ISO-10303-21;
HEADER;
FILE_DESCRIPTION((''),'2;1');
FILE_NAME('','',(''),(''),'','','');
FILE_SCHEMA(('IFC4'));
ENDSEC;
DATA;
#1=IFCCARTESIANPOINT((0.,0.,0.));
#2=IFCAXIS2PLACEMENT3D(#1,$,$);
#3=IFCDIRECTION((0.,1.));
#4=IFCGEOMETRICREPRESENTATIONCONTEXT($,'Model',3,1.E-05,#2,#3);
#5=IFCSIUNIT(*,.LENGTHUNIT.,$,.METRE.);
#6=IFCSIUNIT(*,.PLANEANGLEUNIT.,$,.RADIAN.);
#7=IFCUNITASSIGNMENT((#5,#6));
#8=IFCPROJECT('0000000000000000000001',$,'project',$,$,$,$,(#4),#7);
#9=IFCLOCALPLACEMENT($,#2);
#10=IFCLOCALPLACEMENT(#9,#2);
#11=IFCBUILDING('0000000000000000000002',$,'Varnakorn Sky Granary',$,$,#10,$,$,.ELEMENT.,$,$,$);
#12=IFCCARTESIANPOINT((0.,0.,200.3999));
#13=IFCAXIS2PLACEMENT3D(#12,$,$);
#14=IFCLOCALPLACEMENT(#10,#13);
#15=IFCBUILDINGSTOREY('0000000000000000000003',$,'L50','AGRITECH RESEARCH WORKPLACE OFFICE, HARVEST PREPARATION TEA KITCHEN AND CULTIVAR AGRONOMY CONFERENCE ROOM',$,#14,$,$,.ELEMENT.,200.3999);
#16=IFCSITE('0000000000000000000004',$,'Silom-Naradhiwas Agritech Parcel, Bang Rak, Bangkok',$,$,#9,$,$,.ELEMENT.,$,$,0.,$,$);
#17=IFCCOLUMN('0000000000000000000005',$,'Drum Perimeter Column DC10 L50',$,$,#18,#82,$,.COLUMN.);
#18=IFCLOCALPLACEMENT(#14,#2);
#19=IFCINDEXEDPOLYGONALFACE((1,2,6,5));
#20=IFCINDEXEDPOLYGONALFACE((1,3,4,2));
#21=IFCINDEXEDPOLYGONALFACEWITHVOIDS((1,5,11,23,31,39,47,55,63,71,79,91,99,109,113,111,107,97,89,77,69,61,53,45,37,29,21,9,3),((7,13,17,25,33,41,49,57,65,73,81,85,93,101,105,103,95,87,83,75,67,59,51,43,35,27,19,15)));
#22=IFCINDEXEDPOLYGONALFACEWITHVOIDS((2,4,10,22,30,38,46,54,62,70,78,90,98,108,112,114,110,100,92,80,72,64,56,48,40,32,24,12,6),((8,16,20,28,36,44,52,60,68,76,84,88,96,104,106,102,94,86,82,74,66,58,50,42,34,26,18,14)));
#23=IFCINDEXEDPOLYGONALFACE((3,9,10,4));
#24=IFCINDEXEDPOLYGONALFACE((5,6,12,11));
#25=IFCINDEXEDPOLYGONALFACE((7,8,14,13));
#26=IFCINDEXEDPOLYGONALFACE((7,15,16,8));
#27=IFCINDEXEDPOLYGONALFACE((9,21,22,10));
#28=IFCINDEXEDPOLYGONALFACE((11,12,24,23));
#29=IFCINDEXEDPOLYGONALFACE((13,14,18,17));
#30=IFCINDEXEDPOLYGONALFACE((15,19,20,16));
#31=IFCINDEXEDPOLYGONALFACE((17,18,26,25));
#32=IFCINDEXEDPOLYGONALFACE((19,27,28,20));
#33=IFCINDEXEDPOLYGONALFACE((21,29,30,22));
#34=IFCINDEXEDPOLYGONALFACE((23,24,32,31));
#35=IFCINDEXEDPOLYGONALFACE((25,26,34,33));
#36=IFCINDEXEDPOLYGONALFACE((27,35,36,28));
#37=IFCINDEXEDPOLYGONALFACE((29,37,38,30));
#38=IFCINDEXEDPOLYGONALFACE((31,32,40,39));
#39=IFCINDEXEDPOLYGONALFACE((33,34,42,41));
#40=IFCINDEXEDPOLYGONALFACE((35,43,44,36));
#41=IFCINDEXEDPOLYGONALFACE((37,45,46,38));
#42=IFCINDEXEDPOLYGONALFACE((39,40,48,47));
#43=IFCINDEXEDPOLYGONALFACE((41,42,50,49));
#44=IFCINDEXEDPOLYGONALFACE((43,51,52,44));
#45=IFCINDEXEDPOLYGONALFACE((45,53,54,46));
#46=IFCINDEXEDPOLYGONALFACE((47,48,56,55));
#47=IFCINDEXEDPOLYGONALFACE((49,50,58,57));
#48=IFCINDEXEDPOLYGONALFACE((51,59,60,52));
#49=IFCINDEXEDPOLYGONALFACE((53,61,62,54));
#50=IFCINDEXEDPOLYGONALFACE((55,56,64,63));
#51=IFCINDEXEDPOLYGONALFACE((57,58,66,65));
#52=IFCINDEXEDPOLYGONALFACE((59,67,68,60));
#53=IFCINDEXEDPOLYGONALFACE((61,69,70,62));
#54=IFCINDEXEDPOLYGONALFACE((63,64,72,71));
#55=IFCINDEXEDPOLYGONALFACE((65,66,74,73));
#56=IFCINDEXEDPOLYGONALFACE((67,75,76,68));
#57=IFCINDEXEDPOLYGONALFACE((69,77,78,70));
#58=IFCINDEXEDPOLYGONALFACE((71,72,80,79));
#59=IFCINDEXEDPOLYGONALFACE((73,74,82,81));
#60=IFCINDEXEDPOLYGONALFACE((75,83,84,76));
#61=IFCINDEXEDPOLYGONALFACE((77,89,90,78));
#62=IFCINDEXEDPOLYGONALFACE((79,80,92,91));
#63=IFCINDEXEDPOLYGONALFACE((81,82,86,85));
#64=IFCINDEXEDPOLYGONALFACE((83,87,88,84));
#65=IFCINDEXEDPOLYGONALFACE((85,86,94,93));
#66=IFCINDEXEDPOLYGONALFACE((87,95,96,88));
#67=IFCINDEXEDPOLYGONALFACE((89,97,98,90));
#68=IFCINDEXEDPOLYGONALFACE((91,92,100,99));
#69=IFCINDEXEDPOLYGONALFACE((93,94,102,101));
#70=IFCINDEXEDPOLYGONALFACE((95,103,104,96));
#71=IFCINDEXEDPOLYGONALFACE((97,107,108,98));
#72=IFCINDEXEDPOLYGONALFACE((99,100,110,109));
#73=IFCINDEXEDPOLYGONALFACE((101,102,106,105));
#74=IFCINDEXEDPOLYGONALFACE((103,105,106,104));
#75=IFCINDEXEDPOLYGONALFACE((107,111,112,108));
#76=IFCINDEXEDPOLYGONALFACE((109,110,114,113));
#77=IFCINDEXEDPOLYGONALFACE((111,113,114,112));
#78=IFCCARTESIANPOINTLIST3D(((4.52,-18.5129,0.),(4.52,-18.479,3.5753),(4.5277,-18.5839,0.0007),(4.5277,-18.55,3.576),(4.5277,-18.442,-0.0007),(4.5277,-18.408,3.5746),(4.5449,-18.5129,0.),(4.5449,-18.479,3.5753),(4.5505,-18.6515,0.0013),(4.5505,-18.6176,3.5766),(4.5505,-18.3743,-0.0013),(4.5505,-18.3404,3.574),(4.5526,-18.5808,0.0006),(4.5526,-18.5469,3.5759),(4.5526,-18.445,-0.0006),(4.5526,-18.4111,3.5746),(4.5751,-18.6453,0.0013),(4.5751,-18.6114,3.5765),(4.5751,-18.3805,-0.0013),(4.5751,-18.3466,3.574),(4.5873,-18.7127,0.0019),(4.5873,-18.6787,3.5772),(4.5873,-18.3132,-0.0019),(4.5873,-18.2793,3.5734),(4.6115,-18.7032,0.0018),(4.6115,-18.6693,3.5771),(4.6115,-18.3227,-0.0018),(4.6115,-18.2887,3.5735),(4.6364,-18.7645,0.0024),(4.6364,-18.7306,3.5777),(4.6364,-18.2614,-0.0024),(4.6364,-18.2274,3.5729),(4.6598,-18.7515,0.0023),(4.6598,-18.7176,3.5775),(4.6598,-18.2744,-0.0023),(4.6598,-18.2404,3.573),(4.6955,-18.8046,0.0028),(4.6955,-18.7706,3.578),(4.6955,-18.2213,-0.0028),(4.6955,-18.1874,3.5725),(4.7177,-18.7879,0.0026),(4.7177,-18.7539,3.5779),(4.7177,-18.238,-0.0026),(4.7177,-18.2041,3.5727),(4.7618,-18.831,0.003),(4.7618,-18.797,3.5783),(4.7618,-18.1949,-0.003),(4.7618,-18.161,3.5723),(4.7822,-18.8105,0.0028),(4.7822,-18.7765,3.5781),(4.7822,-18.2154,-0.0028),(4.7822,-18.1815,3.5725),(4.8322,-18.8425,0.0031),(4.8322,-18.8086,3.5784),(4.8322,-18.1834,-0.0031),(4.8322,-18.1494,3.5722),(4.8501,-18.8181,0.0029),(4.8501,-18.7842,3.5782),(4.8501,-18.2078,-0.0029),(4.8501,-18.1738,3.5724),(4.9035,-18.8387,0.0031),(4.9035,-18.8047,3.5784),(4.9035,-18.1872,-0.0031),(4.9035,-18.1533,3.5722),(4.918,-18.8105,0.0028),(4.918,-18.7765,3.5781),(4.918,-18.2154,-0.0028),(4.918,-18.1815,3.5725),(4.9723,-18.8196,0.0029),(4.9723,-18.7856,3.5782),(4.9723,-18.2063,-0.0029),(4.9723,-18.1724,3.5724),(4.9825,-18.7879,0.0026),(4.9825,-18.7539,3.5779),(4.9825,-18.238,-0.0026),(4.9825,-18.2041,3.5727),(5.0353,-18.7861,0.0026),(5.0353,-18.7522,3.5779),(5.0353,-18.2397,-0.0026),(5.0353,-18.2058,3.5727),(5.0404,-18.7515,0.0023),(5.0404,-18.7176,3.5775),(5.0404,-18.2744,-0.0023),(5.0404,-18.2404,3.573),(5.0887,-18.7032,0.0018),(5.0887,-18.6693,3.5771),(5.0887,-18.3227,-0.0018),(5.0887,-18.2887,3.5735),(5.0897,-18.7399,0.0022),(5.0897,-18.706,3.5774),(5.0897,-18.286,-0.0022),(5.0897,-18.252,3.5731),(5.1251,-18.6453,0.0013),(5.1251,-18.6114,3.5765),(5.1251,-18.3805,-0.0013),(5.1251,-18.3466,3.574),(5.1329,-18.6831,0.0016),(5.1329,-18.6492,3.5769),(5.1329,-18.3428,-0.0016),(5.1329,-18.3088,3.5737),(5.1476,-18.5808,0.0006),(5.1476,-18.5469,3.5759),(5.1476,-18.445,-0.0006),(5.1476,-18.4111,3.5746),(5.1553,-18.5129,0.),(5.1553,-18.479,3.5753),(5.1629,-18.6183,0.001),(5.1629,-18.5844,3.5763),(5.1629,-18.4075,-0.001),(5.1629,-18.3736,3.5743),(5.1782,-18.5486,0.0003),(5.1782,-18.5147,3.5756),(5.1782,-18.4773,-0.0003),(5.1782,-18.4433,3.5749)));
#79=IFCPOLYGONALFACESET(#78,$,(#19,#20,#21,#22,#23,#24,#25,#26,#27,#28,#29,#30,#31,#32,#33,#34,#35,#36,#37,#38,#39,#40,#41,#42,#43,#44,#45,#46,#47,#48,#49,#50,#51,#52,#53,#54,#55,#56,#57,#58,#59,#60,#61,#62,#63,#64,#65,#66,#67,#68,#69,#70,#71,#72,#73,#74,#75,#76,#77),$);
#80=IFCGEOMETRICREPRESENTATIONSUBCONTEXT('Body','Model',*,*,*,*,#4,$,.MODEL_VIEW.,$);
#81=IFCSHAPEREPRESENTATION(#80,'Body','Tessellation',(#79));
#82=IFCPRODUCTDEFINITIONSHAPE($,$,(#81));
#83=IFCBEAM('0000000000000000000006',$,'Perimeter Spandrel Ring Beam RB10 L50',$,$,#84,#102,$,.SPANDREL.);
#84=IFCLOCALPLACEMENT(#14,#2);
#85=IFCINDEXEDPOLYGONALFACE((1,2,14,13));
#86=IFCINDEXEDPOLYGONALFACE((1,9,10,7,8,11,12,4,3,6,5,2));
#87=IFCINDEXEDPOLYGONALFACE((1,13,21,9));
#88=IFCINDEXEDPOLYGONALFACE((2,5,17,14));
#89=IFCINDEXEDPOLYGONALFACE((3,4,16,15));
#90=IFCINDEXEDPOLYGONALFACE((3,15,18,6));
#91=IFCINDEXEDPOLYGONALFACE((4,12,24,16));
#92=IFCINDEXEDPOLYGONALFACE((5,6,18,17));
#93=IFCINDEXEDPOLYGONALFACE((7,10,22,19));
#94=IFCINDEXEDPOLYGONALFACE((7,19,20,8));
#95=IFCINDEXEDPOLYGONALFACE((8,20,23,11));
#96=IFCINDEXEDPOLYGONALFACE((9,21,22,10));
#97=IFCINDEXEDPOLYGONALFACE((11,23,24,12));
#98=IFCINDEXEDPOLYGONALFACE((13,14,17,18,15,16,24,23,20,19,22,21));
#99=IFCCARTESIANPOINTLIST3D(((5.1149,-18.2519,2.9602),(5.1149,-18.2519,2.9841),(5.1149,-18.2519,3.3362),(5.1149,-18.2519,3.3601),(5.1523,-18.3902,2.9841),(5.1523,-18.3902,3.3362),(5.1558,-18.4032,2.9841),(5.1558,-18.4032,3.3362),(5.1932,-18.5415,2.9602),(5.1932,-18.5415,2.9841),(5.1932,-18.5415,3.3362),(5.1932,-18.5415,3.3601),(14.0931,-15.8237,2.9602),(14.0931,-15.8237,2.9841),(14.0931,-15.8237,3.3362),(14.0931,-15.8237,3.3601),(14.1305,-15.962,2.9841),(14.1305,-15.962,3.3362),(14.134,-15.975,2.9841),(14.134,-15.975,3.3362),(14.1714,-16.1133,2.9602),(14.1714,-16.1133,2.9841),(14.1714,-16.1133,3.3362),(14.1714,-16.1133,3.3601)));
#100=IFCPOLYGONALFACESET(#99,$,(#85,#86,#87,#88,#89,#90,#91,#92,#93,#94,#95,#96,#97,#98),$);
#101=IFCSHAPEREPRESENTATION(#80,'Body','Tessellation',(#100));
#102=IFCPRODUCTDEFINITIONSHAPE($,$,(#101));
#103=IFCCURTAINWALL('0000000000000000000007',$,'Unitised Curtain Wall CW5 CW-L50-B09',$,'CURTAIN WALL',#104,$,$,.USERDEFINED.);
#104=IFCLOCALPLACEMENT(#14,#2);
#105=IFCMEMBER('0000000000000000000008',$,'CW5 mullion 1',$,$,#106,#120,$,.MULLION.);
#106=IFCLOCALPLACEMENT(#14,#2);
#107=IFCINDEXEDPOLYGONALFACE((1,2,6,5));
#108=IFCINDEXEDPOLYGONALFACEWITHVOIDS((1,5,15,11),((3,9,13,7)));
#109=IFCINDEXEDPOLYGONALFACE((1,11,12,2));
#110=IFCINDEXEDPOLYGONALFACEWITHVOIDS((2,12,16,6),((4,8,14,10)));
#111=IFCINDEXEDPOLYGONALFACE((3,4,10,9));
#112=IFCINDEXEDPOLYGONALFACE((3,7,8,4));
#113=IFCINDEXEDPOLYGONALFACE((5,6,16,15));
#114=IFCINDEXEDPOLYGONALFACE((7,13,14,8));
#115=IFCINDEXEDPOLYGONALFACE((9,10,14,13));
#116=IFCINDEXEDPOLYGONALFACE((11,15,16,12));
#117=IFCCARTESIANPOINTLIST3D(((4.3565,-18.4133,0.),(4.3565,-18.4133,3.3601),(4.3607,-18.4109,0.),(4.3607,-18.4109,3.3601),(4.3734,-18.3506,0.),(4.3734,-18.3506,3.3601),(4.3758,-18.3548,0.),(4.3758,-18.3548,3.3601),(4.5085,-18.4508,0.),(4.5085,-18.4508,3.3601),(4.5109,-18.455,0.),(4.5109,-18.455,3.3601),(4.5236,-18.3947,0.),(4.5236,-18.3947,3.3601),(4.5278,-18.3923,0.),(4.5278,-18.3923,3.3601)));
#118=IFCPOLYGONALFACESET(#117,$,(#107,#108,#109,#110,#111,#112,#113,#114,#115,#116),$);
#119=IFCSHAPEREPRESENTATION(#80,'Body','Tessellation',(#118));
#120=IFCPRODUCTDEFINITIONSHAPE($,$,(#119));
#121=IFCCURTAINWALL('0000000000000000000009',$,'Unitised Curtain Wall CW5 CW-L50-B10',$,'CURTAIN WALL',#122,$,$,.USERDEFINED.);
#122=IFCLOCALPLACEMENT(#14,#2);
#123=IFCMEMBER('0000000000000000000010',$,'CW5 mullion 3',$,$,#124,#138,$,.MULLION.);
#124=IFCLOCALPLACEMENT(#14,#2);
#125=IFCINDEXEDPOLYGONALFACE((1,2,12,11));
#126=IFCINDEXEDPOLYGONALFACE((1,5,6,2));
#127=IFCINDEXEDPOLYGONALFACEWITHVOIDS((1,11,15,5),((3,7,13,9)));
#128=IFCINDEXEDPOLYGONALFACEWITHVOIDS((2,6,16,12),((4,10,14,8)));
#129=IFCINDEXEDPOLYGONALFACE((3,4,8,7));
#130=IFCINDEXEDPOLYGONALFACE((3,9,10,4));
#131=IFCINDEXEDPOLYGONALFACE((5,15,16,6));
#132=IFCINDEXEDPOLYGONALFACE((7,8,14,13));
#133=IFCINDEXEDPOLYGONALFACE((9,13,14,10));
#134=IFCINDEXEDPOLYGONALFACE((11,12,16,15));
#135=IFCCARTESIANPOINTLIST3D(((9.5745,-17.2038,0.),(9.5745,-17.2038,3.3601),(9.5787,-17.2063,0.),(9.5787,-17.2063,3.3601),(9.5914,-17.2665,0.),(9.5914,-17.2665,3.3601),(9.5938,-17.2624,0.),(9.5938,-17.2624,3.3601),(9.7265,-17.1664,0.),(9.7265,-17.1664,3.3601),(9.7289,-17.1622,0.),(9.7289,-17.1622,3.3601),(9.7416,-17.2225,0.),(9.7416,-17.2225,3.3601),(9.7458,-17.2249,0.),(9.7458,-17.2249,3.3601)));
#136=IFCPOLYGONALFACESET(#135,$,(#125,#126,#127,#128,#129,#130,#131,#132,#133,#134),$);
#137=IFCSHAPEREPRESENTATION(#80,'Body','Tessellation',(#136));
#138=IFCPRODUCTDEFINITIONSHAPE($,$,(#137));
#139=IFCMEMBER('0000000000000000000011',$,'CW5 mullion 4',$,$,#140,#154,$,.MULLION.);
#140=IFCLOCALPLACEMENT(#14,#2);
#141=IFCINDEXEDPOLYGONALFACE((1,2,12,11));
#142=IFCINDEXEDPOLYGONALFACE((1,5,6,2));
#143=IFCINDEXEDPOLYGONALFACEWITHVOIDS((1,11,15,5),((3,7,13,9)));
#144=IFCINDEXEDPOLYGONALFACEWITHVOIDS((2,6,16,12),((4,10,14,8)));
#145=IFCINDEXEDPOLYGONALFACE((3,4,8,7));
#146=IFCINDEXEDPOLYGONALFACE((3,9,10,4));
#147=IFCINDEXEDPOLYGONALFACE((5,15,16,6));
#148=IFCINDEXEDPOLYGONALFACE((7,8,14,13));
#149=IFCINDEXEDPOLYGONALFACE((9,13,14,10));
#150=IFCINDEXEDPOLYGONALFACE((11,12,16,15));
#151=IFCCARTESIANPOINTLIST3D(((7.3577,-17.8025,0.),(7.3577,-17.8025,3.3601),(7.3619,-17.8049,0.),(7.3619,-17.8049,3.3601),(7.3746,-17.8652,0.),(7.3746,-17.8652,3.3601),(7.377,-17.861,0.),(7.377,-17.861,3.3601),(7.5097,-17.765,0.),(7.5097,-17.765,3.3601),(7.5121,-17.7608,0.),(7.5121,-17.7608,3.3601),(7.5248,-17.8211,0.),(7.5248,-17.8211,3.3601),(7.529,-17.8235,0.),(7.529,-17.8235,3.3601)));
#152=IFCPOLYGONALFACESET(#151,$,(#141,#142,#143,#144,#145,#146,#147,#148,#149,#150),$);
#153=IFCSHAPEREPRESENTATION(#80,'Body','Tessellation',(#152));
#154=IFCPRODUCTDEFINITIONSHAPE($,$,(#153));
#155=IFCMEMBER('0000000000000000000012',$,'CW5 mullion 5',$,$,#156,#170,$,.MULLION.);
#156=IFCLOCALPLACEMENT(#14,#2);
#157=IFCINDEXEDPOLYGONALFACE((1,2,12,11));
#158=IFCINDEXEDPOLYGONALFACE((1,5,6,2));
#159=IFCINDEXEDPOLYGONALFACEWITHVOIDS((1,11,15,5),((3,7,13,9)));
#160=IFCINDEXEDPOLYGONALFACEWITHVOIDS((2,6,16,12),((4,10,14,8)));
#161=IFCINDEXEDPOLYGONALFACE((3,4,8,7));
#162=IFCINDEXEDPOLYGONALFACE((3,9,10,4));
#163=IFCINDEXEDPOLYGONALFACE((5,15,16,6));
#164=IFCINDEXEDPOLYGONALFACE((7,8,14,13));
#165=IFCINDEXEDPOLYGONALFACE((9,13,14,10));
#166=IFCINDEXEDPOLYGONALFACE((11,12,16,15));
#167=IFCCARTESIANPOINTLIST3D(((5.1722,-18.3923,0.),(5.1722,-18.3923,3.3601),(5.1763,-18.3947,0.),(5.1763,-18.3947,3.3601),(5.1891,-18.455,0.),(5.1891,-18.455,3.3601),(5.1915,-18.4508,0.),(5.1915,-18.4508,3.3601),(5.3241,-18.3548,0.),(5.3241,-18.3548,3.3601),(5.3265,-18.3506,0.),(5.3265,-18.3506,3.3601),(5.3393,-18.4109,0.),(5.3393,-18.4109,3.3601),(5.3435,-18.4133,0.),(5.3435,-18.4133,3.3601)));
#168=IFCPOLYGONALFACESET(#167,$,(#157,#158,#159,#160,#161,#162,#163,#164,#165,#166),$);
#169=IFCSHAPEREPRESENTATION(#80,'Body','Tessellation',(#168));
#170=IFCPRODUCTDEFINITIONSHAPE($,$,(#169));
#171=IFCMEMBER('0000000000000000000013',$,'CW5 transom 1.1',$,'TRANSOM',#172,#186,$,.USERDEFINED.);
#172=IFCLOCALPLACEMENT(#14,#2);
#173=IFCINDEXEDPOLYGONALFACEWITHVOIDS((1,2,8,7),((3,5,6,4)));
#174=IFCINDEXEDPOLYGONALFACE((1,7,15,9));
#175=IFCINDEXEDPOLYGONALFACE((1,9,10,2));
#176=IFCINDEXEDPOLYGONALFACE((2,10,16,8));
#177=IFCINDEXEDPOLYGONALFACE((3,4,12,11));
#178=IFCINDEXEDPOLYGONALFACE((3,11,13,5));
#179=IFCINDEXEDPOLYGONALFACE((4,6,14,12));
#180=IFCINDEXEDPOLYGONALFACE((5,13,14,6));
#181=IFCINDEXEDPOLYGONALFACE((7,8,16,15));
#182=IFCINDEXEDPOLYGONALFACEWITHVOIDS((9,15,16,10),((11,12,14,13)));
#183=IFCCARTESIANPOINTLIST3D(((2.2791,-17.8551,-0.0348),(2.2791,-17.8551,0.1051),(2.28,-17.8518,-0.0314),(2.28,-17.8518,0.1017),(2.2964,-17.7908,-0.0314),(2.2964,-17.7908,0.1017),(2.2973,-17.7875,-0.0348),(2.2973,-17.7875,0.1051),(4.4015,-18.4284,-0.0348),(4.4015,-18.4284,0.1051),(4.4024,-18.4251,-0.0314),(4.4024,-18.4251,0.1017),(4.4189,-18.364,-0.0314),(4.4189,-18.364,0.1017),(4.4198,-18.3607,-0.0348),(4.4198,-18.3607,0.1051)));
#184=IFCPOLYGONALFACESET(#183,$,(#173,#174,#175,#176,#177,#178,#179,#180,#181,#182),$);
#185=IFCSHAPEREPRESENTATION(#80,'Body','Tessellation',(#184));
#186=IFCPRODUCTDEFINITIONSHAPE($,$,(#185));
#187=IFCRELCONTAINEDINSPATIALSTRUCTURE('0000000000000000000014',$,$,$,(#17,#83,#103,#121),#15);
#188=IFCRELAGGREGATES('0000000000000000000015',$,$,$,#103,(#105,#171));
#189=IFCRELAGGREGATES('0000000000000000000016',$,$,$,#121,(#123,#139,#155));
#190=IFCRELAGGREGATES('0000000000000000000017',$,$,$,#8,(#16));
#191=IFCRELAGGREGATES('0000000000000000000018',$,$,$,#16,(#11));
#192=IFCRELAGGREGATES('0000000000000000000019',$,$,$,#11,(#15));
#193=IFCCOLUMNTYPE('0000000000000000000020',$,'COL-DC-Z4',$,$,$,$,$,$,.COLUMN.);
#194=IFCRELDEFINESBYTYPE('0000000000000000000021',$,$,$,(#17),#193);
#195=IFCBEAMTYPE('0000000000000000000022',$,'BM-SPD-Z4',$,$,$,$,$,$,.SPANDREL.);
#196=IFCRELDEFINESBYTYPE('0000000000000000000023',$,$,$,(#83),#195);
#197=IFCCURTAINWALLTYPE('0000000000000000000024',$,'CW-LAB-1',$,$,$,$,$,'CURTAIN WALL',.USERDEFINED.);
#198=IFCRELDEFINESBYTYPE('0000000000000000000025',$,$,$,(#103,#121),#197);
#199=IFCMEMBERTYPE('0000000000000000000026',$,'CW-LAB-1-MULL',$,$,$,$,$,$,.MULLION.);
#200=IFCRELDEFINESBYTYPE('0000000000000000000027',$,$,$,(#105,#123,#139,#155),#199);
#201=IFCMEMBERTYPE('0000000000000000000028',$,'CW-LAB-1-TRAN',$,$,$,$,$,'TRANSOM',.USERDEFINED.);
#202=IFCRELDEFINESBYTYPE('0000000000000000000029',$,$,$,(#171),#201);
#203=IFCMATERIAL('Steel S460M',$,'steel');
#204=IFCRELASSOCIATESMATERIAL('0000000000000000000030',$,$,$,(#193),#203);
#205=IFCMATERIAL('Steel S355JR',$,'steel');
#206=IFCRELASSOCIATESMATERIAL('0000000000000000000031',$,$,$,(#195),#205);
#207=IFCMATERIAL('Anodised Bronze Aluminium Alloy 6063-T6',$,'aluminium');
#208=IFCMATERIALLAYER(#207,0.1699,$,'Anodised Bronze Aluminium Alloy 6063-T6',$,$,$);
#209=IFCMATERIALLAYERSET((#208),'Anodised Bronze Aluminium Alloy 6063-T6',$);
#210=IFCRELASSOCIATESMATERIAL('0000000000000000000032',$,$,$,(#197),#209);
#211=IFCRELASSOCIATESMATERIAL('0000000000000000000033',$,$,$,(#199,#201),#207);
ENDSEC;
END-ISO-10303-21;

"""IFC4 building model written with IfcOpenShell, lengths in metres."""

from ifc_helpers import new_model, si_unit, direction, frame, origin, origin_2d, place, context, subcontext, project, spatial, hollow_rectangle, hollow_circle, i_section, extrude, material, layer, layer_set, material_profile, profile_set, type_object, element, aggregate, save


model = new_model("IFC4")

# Units and contexts
model_context = context("Model", 3, precision=1e-05, world=origin(), true_north=direction((0.0, 1.0)))
body_context = subcontext(model_context, "Body", "Model", "MODEL_VIEW")
ifc_project = project(units=[si_unit("LENGTHUNIT", "METRE"), si_unit("PLANEANGLEUNIT", "RADIAN")], contexts=[model_context])

# Site, building, storey
site_placement = place(None, origin())
site = spatial("IfcSite", under=ifc_project, at=site_placement, Name="Silom-Naradhiwas Agritech Parcel, Bang Rak, Bangkok", CompositionType="ELEMENT", RefElevation=0.0)
building_placement = place(site_placement, origin())
building = spatial("IfcBuilding", under=site, at=building_placement, Name="Varnakorn Sky Granary", CompositionType="ELEMENT")
storey_placement = place(building_placement, frame((0.0, 0.0, 200.3999)))
storey = spatial("IfcBuildingStorey", under=building, at=storey_placement, Name="L50", Description="AGRITECH RESEARCH WORKPLACE OFFICE, HARVEST PREPARATION TEA KITCHEN AND CULTIVAR AGRONOMY CONFERENCE ROOM", CompositionType="ELEMENT", Elevation=200.3999)

# Column
ifc_material_1 = material(Name="Steel S460M", Category="steel")
ifc_material_profile_1 = material_profile(ifc_material_1, hollow_circle(Radius=0.3301, WallThickness=0.0249, at=origin_2d()), Name="CHS 660x25")
ifc_profile_set_1 = profile_set([ifc_material_profile_1], Name="Steel S460M")
column_type = type_object("IfcColumnType", Name="COL-DC-Z4", PredefinedType="COLUMN", material=ifc_profile_set_1)
column_placement = place(storey_placement, frame((4.8501, -18.5129, 0.0), z_axis=(0.0, 0.009492, 0.999955), x_axis=(-1.0, 0.0, 0.0)))
element("IfcColumn", 1, at=column_placement, inside=storey, type_object=column_type, Name="Drum Perimeter Column DC10 L50", PredefinedType="COLUMN", context=body_context, shape_type="SweptSolid", body=[
    extrude(hollow_circle(Radius=0.3301, WallThickness=0.0249, at=origin_2d()), origin(), (0.0, 0.0, 1.0), 3.5754),
])

# Beam
ifc_material_2 = material(Name="Steel S355JR", Category="steel")
ifc_material_profile_2 = material_profile(ifc_material_2, i_section(OverallWidth=0.3, OverallDepth=0.3999, WebThickness=0.0134, FlangeThickness=0.0239, at=origin_2d()), Name="HE 400 B")
ifc_profile_set_2 = profile_set([ifc_material_profile_2], Name="Steel S355JR")
beam_type = type_object("IfcBeamType", Name="BM-SPD-Z4", PredefinedType="SPANDREL", material=ifc_profile_set_2)
beam_placement = place(storey_placement, frame((5.1541, -18.3967, 3.1602), z_axis=(0.965318, 0.261076, 0.0), x_axis=(-0.261076, 0.965318, 0.0)))
element("IfcBeam", 2, at=beam_placement, inside=storey, type_object=beam_type, Name="Perimeter Spandrel Ring Beam RB10 L50", PredefinedType="SPANDREL", context=body_context, shape_type="SweptSolid", body=[
    extrude(i_section(OverallWidth=0.3, OverallDepth=0.3999, WebThickness=0.0134, FlangeThickness=0.0239, at=origin_2d()), origin(), (0.0, 0.0, 1.0), 9.3008),
])

# Curtain wall, member
ifc_material_3 = material(Name="Anodised Bronze Aluminium Alloy 6063-T6", Category="aluminium")
ifc_layer_1 = layer(ifc_material_3, 0.1699, Name="Anodised Bronze Aluminium Alloy 6063-T6")
ifc_layer_set_1 = layer_set([ifc_layer_1], Name="Anodised Bronze Aluminium Alloy 6063-T6")
curtain_wall_type = type_object("IfcCurtainWallType", Name="CW-LAB-1", ElementType="CURTAIN WALL", PredefinedType="USERDEFINED", material=ifc_layer_set_1)
curtain_wall_1_placement = place(storey_placement, origin())
curtain_wall_1 = element("IfcCurtainWall", 3, at=curtain_wall_1_placement, inside=storey, type_object=curtain_wall_type, Name="Unitised Curtain Wall CW5 CW-L50-B09", ObjectType="CURTAIN WALL", PredefinedType="USERDEFINED")
ifc_material_profile_3 = material_profile(ifc_material_3, hollow_rectangle(XDim=0.0649, YDim=0.1599, WallThickness=0.0034, at=origin_2d()), Name="ALU MULL 65x160")
ifc_profile_set_3 = profile_set([ifc_material_profile_3], Name="Anodised Bronze Aluminium Alloy 6063-T6")
member_type_1 = type_object("IfcMemberType", Name="CW-LAB-1-MULL", PredefinedType="MULLION", material=ifc_profile_set_3)
member_1_placement = place(storey_placement, frame((4.4421, -18.4028, 0.0), z_axis=(0.0, 0.0, 1.0), x_axis=(-0.260643, -0.965435, 0.0)))
member_1 = element("IfcMember", 4, at=member_1_placement, type_object=member_type_1, Name="CW5 mullion 1", PredefinedType="MULLION", context=body_context, shape_type="SweptSolid", body=[
    extrude(hollow_rectangle(XDim=0.0649, YDim=0.1599, WallThickness=0.0034, at=origin_2d()), origin(), (0.0, 0.0, 1.0), 3.3601),
])

# Curtain wall, members
curtain_wall_2_placement = place(storey_placement, origin())
curtain_wall_2 = element("IfcCurtainWall", 5, at=curtain_wall_2_placement, inside=storey, type_object=curtain_wall_type, Name="Unitised Curtain Wall CW5 CW-L50-B10", ObjectType="CURTAIN WALL", PredefinedType="USERDEFINED")
member_2_placement = place(storey_placement, frame((9.6602, -17.2144, 0.0), z_axis=(0.0, 0.0, 1.0), x_axis=(0.260643, -0.965435, 0.0)))
member_2 = element("IfcMember", 6, at=member_2_placement, type_object=member_type_1, Name="CW5 mullion 3", PredefinedType="MULLION", context=body_context, shape_type="SweptSolid", body=[
    extrude(hollow_rectangle(XDim=0.0649, YDim=0.1599, WallThickness=0.0034, at=origin_2d()), origin(), (0.0, 0.0, 1.0), 3.3601),
])
member_3_placement = place(storey_placement, frame((7.4434, -17.813, 0.0), z_axis=(0.0, 0.0, 1.0), x_axis=(0.260643, -0.965435, 0.0)))
member_3 = element("IfcMember", 7, at=member_3_placement, type_object=member_type_1, Name="CW5 mullion 4", PredefinedType="MULLION", context=body_context, shape_type="SweptSolid", body=[
    extrude(hollow_rectangle(XDim=0.0649, YDim=0.1599, WallThickness=0.0034, at=origin_2d()), origin(), (0.0, 0.0, 1.0), 3.3601),
])
member_4_placement = place(storey_placement, frame((5.2578, -18.4028, 0.0), z_axis=(0.0, 0.0, 1.0), x_axis=(0.260643, -0.965435, 0.0)))
member_4 = element("IfcMember", 8, at=member_4_placement, type_object=member_type_1, Name="CW5 mullion 5", PredefinedType="MULLION", context=body_context, shape_type="SweptSolid", body=[
    extrude(hollow_rectangle(XDim=0.0649, YDim=0.1599, WallThickness=0.0034, at=origin_2d()), origin(), (0.0, 0.0, 1.0), 3.3601),
])

# Member
ifc_material_profile_4 = material_profile(ifc_material_3, hollow_rectangle(XDim=0.0701, YDim=0.1399, WallThickness=0.0034, at=origin_2d()), Name="ALU TRAN 70x140")
ifc_profile_set_4 = profile_set([ifc_material_profile_4], Name="Anodised Bronze Aluminium Alloy 6063-T6")
member_type_2 = type_object("IfcMemberType", Name="CW-LAB-1-TRAN", ElementType="TRANSOM", PredefinedType="USERDEFINED", material=ifc_profile_set_4)
member_5_placement = place(storey_placement, frame((4.4106, -18.3945, 0.0352), z_axis=(-0.965412, 0.26073, 0.0), x_axis=(-0.26073, -0.965412, 0.0)))
member_5 = element("IfcMember", 9, at=member_5_placement, type_object=member_type_2, Name="CW5 transom 1.1", ObjectType="TRANSOM", PredefinedType="USERDEFINED", context=body_context, shape_type="SweptSolid", body=[
    extrude(hollow_rectangle(XDim=0.0701, YDim=0.1399, WallThickness=0.0034, at=origin_2d()), origin(), (0.0, 0.0, 1.0), 2.1985),
])
aggregate(curtain_wall_1, [member_1, member_5])

aggregate(curtain_wall_2, [member_2, member_3, member_4])

save(model, "model.ifc")
